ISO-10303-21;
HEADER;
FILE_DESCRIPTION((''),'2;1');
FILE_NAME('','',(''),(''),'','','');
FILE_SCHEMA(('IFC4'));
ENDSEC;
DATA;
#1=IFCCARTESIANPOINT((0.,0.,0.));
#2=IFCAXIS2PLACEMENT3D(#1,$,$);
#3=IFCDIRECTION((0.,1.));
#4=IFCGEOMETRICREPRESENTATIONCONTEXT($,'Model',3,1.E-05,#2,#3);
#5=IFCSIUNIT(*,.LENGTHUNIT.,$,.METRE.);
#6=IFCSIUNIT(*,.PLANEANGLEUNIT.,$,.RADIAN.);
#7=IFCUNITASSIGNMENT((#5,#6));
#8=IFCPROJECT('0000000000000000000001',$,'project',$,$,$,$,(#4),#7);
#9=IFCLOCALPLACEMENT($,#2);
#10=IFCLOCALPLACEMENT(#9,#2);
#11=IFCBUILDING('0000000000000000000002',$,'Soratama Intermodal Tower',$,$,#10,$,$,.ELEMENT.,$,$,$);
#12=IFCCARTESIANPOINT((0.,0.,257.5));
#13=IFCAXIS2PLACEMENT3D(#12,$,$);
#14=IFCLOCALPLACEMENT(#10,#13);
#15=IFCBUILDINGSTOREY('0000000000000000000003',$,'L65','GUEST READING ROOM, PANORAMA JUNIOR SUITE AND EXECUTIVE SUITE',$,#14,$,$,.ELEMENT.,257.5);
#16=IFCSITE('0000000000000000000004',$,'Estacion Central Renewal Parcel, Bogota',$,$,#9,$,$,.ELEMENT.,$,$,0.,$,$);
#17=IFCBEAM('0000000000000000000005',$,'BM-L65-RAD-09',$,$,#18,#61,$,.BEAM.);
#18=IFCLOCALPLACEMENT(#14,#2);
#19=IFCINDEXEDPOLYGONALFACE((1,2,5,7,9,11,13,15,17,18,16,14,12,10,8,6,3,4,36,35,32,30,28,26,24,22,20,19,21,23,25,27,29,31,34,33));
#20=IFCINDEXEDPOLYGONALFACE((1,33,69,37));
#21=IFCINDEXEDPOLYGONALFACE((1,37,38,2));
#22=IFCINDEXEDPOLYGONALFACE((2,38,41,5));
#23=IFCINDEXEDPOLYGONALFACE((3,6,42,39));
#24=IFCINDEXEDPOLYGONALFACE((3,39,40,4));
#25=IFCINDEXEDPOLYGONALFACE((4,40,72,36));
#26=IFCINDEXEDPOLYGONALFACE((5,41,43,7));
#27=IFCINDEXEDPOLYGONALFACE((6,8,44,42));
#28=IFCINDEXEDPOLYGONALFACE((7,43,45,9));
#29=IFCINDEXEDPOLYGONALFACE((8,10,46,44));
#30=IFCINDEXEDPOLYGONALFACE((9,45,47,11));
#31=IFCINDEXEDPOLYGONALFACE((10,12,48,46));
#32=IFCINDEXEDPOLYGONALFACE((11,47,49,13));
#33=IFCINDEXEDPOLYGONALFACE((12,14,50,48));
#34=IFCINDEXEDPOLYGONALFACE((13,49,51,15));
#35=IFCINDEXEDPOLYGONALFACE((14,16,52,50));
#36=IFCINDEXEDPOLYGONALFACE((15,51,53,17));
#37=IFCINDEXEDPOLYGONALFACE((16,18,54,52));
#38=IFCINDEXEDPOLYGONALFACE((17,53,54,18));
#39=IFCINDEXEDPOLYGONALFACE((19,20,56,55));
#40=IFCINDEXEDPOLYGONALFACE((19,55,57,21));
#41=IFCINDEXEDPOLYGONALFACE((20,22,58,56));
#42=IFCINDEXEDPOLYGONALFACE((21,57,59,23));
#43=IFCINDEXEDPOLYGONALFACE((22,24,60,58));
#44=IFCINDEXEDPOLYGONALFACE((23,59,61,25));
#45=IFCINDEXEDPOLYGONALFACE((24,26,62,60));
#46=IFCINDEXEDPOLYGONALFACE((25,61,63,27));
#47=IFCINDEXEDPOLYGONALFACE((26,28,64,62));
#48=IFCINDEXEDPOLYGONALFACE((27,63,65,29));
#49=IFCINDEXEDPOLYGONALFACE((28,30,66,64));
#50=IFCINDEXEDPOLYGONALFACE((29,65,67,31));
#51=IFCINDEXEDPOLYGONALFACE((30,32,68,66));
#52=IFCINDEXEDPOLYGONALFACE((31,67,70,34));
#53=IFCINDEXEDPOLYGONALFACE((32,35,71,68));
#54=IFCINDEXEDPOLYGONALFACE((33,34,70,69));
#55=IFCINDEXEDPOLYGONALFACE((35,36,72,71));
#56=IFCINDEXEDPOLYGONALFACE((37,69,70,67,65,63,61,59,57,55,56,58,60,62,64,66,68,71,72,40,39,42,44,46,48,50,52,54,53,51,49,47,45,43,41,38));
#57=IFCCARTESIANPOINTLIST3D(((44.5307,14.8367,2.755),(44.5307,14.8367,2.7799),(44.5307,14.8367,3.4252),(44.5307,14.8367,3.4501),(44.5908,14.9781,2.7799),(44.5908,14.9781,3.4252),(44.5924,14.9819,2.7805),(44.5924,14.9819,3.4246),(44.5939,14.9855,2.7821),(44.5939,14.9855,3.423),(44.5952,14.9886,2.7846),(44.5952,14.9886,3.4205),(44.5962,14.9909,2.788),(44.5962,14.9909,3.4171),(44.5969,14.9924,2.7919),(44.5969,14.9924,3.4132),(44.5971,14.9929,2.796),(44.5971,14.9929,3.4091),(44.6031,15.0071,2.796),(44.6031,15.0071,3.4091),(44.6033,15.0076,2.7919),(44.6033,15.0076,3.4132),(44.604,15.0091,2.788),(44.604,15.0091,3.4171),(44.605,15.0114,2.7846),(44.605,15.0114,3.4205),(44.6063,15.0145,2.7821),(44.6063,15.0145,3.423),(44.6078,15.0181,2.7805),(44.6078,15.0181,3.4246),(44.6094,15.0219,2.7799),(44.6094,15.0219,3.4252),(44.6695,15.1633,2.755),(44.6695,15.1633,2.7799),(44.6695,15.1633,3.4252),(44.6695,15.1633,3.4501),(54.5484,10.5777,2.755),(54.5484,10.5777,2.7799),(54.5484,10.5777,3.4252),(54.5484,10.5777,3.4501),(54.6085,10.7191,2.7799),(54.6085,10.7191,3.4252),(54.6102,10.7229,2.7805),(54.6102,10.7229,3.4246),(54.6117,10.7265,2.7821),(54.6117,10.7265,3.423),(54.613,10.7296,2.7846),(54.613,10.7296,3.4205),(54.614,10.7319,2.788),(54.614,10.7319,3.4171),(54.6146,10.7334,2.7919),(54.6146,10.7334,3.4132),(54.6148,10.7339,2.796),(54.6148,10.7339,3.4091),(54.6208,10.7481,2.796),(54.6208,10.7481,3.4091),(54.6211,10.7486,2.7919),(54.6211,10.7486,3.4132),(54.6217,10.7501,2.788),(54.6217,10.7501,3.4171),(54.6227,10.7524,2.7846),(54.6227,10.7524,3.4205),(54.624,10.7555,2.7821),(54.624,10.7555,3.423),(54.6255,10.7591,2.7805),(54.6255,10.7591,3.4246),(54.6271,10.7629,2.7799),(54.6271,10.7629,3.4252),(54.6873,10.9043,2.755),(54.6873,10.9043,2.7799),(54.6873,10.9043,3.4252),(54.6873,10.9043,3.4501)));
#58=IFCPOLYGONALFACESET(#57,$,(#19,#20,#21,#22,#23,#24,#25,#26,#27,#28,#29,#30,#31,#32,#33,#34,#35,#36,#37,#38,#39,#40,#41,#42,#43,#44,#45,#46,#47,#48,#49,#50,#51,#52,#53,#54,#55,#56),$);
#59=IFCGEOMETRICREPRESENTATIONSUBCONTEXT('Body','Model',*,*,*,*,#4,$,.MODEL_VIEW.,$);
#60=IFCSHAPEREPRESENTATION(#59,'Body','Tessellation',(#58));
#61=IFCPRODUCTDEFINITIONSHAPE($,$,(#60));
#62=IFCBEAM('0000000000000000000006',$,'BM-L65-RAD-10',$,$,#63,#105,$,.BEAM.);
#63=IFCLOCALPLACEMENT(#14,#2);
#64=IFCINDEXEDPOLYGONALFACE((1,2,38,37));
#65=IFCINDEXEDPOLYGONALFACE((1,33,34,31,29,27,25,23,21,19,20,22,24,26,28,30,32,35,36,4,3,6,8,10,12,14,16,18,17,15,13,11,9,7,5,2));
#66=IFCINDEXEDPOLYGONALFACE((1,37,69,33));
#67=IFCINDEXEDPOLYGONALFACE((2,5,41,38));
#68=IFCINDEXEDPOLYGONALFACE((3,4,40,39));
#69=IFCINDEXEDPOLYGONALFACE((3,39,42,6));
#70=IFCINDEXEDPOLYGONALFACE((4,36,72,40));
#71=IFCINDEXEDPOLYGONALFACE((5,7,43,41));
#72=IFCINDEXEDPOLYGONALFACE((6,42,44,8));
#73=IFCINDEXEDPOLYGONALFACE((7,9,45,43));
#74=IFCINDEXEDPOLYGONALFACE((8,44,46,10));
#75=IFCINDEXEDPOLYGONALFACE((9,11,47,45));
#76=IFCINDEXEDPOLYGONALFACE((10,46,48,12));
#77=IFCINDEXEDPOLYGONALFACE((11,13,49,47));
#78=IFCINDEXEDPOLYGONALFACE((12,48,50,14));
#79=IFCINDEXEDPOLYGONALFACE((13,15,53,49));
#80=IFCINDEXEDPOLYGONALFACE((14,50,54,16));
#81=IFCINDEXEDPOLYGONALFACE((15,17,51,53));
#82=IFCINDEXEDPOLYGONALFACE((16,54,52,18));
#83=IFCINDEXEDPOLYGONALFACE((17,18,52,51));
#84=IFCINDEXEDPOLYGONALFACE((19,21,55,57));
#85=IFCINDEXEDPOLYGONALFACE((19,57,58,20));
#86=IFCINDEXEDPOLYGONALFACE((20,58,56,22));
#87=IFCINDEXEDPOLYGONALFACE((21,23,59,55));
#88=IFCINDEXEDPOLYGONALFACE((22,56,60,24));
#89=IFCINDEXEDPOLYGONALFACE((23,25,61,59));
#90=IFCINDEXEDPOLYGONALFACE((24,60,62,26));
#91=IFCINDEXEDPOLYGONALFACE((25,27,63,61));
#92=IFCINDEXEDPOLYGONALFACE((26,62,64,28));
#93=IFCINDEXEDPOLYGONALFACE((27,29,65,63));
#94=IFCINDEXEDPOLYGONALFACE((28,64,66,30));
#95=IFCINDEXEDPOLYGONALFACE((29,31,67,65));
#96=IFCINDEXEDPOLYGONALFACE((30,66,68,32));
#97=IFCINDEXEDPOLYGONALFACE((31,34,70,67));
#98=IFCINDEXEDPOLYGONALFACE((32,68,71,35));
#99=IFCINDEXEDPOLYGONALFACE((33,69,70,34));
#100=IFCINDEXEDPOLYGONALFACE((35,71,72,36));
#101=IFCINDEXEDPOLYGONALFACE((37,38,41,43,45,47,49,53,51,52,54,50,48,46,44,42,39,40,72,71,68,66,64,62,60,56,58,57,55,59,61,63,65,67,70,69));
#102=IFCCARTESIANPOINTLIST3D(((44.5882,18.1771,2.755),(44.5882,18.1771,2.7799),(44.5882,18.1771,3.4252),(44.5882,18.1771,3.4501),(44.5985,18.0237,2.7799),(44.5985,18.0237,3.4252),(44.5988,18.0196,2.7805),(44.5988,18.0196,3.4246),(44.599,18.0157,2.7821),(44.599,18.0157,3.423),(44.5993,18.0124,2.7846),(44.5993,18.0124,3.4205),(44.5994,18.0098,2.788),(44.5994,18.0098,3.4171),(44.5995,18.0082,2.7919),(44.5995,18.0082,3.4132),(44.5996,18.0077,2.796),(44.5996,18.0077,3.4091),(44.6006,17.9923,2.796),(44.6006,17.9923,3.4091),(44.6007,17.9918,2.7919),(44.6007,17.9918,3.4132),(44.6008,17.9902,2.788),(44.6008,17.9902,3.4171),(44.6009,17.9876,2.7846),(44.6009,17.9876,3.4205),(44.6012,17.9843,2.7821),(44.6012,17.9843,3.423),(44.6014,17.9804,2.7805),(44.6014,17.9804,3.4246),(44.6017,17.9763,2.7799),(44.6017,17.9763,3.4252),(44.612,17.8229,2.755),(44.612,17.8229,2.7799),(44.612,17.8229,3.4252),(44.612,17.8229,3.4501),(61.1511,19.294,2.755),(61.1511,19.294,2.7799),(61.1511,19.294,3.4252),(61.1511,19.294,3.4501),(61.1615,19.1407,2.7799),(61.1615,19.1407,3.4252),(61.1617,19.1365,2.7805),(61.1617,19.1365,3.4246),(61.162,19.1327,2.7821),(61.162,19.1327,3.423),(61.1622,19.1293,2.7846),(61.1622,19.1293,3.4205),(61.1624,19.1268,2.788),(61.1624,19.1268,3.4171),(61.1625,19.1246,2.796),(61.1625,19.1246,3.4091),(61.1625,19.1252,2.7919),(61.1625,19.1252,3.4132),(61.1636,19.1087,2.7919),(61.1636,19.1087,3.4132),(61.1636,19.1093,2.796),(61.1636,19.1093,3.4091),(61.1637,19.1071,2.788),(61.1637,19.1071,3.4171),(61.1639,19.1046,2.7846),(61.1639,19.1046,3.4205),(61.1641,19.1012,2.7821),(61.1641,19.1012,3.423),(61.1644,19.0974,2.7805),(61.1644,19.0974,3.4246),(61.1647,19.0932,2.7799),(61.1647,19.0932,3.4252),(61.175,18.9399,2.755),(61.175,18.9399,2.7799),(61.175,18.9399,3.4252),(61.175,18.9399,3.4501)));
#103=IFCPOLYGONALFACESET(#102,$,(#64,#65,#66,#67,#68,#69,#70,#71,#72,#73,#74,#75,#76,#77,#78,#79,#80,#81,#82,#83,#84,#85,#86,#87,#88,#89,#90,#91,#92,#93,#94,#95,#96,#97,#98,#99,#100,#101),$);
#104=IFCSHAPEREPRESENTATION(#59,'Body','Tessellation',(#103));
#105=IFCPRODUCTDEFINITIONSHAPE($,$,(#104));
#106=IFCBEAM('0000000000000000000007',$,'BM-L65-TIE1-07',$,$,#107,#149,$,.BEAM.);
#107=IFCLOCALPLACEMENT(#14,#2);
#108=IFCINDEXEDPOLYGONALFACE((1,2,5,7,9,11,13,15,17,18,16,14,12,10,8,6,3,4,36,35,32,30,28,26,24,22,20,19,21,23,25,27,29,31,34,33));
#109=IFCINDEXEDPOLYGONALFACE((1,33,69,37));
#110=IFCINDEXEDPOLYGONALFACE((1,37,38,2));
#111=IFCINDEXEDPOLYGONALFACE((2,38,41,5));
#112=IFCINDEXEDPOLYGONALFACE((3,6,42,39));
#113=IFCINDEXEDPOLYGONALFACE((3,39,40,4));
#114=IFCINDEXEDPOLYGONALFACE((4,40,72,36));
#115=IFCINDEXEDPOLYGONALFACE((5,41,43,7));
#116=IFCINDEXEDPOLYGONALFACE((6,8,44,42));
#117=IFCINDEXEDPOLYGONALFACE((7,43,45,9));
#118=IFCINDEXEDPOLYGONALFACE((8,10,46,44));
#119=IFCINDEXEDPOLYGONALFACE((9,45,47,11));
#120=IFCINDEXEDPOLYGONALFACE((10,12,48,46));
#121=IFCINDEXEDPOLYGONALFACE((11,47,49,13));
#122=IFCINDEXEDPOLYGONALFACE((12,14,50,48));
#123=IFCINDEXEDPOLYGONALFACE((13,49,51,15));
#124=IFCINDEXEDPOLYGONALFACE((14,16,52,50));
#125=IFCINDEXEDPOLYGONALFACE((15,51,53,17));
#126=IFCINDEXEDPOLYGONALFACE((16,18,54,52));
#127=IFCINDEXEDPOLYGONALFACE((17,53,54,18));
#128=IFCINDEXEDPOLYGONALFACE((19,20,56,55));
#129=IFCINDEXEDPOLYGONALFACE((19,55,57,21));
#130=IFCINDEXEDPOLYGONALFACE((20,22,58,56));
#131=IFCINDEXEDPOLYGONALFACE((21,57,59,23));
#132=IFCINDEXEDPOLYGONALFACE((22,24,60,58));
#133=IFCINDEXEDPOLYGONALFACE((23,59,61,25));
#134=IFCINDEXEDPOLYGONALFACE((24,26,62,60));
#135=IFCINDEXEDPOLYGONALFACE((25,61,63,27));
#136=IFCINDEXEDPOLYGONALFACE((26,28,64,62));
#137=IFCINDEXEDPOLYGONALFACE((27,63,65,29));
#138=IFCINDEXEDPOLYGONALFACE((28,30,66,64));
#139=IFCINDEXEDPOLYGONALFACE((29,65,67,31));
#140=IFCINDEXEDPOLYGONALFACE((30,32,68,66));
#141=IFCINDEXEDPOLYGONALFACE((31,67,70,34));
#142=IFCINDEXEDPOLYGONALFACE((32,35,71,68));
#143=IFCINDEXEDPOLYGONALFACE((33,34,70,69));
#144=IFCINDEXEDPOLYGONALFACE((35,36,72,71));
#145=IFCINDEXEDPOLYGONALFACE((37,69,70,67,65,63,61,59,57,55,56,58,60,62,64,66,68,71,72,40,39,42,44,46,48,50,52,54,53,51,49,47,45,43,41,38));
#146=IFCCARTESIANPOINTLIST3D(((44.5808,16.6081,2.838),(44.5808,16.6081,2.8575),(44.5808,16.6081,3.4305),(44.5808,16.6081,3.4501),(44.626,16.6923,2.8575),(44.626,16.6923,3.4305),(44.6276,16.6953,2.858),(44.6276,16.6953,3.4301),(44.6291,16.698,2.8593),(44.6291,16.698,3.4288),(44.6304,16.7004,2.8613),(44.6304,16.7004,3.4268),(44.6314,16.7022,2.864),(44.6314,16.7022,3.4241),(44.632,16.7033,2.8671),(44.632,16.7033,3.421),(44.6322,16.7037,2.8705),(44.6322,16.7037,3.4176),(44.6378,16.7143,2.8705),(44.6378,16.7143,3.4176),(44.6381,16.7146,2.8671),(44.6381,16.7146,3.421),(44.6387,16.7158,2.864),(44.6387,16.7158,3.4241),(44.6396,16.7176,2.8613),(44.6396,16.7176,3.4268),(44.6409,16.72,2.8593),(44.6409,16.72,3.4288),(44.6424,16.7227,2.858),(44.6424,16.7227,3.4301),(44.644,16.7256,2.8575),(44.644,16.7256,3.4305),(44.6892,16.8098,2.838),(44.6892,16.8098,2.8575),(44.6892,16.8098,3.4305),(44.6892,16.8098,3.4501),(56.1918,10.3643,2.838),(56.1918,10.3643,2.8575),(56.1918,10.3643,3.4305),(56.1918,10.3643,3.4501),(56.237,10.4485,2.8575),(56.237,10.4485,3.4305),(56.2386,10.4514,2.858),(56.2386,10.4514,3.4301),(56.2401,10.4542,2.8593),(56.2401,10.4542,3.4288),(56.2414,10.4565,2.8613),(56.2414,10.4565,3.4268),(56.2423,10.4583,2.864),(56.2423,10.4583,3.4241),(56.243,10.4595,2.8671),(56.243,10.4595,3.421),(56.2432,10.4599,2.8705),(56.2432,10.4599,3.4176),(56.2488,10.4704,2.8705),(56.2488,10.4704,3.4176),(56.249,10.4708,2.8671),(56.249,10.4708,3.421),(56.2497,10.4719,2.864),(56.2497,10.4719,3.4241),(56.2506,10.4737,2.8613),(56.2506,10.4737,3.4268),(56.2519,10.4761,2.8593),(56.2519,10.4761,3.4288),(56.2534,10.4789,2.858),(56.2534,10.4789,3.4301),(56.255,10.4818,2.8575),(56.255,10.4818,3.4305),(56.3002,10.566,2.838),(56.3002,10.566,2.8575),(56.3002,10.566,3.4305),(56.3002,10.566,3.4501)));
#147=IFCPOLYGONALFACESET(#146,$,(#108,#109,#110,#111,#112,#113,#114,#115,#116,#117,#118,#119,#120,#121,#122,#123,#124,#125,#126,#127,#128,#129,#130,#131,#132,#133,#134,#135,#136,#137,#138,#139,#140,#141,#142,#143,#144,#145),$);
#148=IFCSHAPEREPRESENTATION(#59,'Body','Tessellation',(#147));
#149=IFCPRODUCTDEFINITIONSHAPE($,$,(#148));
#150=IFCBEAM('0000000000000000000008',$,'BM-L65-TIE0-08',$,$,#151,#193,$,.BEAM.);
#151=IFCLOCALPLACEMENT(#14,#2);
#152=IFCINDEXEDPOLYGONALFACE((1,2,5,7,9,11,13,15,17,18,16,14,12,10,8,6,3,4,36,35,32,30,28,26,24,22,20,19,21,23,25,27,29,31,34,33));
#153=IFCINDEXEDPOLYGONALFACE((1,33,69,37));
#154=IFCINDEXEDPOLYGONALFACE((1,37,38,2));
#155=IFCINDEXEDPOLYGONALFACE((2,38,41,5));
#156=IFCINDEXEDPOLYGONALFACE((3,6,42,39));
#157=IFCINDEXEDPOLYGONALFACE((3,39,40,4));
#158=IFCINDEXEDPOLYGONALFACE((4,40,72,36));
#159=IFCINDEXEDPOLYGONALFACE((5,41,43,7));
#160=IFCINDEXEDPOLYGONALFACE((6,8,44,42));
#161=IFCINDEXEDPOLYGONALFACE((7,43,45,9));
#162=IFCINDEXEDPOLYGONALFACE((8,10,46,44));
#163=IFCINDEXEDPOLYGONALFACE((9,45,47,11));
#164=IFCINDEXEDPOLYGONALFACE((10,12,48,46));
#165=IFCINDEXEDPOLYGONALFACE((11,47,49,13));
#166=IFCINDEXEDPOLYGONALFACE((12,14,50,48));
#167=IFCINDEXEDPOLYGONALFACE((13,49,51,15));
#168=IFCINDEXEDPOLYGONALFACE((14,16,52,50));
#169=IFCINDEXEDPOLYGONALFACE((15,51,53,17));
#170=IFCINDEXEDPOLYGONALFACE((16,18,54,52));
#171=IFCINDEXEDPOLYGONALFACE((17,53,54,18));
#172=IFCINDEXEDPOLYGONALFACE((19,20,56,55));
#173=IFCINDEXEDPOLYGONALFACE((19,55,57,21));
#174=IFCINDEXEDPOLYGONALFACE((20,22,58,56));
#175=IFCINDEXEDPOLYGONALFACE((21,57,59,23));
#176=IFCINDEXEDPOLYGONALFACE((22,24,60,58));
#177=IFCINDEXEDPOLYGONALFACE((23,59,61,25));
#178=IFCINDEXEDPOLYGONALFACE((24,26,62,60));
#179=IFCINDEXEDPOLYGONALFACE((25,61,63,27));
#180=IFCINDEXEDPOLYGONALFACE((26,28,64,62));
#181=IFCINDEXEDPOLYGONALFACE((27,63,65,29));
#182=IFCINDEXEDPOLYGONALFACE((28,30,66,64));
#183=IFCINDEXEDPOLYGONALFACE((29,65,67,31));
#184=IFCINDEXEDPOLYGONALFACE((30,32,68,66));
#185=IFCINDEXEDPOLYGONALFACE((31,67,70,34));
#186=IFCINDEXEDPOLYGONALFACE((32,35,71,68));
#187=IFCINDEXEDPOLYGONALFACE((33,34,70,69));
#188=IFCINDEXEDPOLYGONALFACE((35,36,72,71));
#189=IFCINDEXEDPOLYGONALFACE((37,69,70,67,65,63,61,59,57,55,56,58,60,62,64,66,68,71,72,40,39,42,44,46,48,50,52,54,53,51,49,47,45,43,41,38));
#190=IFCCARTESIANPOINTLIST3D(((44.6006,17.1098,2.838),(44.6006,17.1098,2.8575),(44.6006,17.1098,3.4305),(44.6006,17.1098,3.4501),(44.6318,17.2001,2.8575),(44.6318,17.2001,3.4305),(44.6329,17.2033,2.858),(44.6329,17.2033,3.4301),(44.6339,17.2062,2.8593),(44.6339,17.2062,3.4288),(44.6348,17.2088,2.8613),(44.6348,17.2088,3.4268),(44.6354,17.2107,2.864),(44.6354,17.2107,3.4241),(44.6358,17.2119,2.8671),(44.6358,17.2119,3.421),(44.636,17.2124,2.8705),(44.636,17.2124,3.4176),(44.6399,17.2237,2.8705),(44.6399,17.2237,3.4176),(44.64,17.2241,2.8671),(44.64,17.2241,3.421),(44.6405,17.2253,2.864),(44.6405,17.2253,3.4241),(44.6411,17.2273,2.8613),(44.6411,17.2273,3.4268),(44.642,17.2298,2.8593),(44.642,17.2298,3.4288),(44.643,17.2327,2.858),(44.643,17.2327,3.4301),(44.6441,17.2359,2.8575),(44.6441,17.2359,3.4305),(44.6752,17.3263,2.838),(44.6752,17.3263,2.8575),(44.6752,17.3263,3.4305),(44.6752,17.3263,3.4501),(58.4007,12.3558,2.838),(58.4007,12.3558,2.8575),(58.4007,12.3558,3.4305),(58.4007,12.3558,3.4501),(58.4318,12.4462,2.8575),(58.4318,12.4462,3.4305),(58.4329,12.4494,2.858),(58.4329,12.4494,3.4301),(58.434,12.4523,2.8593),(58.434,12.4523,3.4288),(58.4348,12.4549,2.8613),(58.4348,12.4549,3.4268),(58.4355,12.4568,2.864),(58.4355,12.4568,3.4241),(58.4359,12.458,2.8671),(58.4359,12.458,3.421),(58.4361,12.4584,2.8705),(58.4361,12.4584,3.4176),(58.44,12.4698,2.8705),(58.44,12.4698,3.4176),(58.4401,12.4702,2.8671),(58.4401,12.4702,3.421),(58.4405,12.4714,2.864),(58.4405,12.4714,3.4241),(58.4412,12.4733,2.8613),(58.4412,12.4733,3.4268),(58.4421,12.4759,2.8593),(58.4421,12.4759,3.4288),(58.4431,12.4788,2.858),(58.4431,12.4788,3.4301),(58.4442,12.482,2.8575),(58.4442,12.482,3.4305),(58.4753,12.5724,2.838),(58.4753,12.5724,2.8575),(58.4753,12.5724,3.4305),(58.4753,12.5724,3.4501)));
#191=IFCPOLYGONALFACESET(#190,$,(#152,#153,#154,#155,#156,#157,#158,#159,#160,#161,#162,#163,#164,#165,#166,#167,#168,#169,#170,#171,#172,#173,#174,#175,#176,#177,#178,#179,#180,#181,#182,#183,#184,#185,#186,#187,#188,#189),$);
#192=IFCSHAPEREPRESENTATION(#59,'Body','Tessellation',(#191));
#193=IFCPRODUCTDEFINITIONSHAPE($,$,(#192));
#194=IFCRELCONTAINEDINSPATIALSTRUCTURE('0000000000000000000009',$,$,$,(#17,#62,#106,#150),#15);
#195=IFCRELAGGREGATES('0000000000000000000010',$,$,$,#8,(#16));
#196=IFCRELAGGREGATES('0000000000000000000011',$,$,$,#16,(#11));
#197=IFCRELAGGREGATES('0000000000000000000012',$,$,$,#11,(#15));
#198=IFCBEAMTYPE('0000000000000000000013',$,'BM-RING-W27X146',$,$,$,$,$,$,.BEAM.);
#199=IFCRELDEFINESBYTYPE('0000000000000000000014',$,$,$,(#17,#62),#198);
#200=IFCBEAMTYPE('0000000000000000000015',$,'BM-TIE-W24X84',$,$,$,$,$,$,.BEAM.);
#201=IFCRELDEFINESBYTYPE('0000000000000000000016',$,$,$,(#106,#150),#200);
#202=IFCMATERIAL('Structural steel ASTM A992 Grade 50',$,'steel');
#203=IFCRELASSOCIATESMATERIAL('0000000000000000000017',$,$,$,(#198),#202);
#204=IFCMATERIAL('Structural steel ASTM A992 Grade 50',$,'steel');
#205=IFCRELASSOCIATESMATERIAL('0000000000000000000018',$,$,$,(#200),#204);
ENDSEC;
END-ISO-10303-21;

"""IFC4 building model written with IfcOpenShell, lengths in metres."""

from ifc_helpers import new_model, si_unit, direction, frame, origin, origin_2d, place, context, subcontext, project, spatial, i_section, extrude, material, material_profile, profile_set, type_object, element, save


model = new_model("IFC4")

# Units and contexts
model_context = context("Model", 3, precision=1e-05, world=origin(), true_north=direction((0.0, 1.0)))
body_context = subcontext(model_context, "Body", "Model", "MODEL_VIEW")
ifc_project = project(units=[si_unit("LENGTHUNIT", "METRE"), si_unit("PLANEANGLEUNIT", "RADIAN")], contexts=[model_context])

# Site, building, storey
site_placement = place(None, origin())
site = spatial("IfcSite", under=ifc_project, at=site_placement, Name="Estacion Central Renewal Parcel, Bogota", CompositionType="ELEMENT", RefElevation=0.0)
building_placement = place(site_placement, origin())
building = spatial("IfcBuilding", under=site, at=building_placement, Name="Soratama Intermodal Tower", CompositionType="ELEMENT")
storey_placement = place(building_placement, frame((0.0, 0.0, 257.5)))
storey = spatial("IfcBuildingStorey", under=building, at=storey_placement, Name="L65", Description="GUEST READING ROOM, PANORAMA JUNIOR SUITE AND EXECUTIVE SUITE", CompositionType="ELEMENT", Elevation=257.5)

# Beams
ifc_material_1 = material(Name="Structural steel ASTM A992 Grade 50", Category="steel")
ifc_material_profile_1 = material_profile(ifc_material_1, i_section(OverallWidth=0.355, OverallDepth=0.6951, WebThickness=0.0154, FlangeThickness=0.0249, FilletRadius=0.0161, at=origin_2d()), Name="W27X146")
ifc_profile_set_1 = profile_set([ifc_material_profile_1], Name="Structural steel ASTM A992 Grade 50")
beam_type_1 = type_object("IfcBeamType", Name="BM-RING-W27X146", PredefinedType="BEAM", material=ifc_profile_set_1)
beam_1_placement = place(storey_placement, frame((44.6001, 15.0, 3.1025), z_axis=(0.920283, -0.391254, 0.0), x_axis=(0.391254, 0.920283, 0.0)))
element("IfcBeam", 1, at=beam_1_placement, inside=storey, type_object=beam_type_1, Name="BM-L65-RAD-09", PredefinedType="BEAM", context=body_context, shape_type="SweptSolid", body=[
    extrude(i_section(OverallWidth=0.355, OverallDepth=0.6951, WebThickness=0.0154, FlangeThickness=0.0249, FilletRadius=0.0161, at=origin_2d()), origin(), (0.0, 0.0, 1.0), 10.8855),
])
beam_2_placement = place(storey_placement, frame((44.6001, 18.0, 3.1025), z_axis=(0.997734, 0.067283, 0.0), x_axis=(-0.067283, 0.997734, 0.0)))
element("IfcBeam", 2, at=beam_2_placement, inside=storey, type_object=beam_type_1, Name="BM-L65-RAD-10", PredefinedType="BEAM", context=body_context, shape_type="SweptSolid", body=[
    extrude(i_section(OverallWidth=0.355, OverallDepth=0.6951, WebThickness=0.0154, FlangeThickness=0.0249, FilletRadius=0.0161, at=origin_2d()), origin(), (0.0, 0.0, 1.0), 16.6006),
])
ifc_material_2 = material(Name="Structural steel ASTM A992 Grade 50", Category="steel")
ifc_material_profile_2 = material_profile(ifc_material_2, i_section(OverallWidth=0.229, OverallDepth=0.6121, WebThickness=0.012, FlangeThickness=0.0195, FilletRadius=0.0129, at=origin_2d()), Name="W24X84")
ifc_profile_set_2 = profile_set([ifc_material_profile_2], Name="Structural steel ASTM A992 Grade 50")
beam_type_2 = type_object("IfcBeamType", Name="BM-TIE-W24X84", PredefinedType="BEAM", material=ifc_profile_set_2)
beam_3_placement = place(storey_placement, frame((44.635, 16.709, 3.144), z_axis=(0.880731, -0.473616, 0.0), x_axis=(0.473616, 0.880731, 0.0)))
element("IfcBeam", 3, at=beam_3_placement, inside=storey, type_object=beam_type_2, Name="BM-L65-TIE1-07", PredefinedType="BEAM", context=body_context, shape_type="SweptSolid", body=[
    extrude(i_section(OverallWidth=0.229, OverallDepth=0.6121, WebThickness=0.012, FlangeThickness=0.0195, FilletRadius=0.0129, at=origin_2d()), origin(), (0.0, 0.0, 1.0), 13.1833),
])
beam_4_placement = place(storey_placement, frame((44.6379, 17.218, 3.144), z_axis=(0.945473, -0.325701, 0.0), x_axis=(0.325701, 0.945473, 0.0)))
element("IfcBeam", 4, at=beam_4_placement, inside=storey, type_object=beam_type_2, Name="BM-L65-TIE0-08", PredefinedType="BEAM", context=body_context, shape_type="SweptSolid", body=[
    extrude(i_section(OverallWidth=0.229, OverallDepth=0.6121, WebThickness=0.012, FlangeThickness=0.0195, FilletRadius=0.0129, at=origin_2d()), origin(), (0.0, 0.0, 1.0), 14.5959),
])

save(model, "model.ifc")
